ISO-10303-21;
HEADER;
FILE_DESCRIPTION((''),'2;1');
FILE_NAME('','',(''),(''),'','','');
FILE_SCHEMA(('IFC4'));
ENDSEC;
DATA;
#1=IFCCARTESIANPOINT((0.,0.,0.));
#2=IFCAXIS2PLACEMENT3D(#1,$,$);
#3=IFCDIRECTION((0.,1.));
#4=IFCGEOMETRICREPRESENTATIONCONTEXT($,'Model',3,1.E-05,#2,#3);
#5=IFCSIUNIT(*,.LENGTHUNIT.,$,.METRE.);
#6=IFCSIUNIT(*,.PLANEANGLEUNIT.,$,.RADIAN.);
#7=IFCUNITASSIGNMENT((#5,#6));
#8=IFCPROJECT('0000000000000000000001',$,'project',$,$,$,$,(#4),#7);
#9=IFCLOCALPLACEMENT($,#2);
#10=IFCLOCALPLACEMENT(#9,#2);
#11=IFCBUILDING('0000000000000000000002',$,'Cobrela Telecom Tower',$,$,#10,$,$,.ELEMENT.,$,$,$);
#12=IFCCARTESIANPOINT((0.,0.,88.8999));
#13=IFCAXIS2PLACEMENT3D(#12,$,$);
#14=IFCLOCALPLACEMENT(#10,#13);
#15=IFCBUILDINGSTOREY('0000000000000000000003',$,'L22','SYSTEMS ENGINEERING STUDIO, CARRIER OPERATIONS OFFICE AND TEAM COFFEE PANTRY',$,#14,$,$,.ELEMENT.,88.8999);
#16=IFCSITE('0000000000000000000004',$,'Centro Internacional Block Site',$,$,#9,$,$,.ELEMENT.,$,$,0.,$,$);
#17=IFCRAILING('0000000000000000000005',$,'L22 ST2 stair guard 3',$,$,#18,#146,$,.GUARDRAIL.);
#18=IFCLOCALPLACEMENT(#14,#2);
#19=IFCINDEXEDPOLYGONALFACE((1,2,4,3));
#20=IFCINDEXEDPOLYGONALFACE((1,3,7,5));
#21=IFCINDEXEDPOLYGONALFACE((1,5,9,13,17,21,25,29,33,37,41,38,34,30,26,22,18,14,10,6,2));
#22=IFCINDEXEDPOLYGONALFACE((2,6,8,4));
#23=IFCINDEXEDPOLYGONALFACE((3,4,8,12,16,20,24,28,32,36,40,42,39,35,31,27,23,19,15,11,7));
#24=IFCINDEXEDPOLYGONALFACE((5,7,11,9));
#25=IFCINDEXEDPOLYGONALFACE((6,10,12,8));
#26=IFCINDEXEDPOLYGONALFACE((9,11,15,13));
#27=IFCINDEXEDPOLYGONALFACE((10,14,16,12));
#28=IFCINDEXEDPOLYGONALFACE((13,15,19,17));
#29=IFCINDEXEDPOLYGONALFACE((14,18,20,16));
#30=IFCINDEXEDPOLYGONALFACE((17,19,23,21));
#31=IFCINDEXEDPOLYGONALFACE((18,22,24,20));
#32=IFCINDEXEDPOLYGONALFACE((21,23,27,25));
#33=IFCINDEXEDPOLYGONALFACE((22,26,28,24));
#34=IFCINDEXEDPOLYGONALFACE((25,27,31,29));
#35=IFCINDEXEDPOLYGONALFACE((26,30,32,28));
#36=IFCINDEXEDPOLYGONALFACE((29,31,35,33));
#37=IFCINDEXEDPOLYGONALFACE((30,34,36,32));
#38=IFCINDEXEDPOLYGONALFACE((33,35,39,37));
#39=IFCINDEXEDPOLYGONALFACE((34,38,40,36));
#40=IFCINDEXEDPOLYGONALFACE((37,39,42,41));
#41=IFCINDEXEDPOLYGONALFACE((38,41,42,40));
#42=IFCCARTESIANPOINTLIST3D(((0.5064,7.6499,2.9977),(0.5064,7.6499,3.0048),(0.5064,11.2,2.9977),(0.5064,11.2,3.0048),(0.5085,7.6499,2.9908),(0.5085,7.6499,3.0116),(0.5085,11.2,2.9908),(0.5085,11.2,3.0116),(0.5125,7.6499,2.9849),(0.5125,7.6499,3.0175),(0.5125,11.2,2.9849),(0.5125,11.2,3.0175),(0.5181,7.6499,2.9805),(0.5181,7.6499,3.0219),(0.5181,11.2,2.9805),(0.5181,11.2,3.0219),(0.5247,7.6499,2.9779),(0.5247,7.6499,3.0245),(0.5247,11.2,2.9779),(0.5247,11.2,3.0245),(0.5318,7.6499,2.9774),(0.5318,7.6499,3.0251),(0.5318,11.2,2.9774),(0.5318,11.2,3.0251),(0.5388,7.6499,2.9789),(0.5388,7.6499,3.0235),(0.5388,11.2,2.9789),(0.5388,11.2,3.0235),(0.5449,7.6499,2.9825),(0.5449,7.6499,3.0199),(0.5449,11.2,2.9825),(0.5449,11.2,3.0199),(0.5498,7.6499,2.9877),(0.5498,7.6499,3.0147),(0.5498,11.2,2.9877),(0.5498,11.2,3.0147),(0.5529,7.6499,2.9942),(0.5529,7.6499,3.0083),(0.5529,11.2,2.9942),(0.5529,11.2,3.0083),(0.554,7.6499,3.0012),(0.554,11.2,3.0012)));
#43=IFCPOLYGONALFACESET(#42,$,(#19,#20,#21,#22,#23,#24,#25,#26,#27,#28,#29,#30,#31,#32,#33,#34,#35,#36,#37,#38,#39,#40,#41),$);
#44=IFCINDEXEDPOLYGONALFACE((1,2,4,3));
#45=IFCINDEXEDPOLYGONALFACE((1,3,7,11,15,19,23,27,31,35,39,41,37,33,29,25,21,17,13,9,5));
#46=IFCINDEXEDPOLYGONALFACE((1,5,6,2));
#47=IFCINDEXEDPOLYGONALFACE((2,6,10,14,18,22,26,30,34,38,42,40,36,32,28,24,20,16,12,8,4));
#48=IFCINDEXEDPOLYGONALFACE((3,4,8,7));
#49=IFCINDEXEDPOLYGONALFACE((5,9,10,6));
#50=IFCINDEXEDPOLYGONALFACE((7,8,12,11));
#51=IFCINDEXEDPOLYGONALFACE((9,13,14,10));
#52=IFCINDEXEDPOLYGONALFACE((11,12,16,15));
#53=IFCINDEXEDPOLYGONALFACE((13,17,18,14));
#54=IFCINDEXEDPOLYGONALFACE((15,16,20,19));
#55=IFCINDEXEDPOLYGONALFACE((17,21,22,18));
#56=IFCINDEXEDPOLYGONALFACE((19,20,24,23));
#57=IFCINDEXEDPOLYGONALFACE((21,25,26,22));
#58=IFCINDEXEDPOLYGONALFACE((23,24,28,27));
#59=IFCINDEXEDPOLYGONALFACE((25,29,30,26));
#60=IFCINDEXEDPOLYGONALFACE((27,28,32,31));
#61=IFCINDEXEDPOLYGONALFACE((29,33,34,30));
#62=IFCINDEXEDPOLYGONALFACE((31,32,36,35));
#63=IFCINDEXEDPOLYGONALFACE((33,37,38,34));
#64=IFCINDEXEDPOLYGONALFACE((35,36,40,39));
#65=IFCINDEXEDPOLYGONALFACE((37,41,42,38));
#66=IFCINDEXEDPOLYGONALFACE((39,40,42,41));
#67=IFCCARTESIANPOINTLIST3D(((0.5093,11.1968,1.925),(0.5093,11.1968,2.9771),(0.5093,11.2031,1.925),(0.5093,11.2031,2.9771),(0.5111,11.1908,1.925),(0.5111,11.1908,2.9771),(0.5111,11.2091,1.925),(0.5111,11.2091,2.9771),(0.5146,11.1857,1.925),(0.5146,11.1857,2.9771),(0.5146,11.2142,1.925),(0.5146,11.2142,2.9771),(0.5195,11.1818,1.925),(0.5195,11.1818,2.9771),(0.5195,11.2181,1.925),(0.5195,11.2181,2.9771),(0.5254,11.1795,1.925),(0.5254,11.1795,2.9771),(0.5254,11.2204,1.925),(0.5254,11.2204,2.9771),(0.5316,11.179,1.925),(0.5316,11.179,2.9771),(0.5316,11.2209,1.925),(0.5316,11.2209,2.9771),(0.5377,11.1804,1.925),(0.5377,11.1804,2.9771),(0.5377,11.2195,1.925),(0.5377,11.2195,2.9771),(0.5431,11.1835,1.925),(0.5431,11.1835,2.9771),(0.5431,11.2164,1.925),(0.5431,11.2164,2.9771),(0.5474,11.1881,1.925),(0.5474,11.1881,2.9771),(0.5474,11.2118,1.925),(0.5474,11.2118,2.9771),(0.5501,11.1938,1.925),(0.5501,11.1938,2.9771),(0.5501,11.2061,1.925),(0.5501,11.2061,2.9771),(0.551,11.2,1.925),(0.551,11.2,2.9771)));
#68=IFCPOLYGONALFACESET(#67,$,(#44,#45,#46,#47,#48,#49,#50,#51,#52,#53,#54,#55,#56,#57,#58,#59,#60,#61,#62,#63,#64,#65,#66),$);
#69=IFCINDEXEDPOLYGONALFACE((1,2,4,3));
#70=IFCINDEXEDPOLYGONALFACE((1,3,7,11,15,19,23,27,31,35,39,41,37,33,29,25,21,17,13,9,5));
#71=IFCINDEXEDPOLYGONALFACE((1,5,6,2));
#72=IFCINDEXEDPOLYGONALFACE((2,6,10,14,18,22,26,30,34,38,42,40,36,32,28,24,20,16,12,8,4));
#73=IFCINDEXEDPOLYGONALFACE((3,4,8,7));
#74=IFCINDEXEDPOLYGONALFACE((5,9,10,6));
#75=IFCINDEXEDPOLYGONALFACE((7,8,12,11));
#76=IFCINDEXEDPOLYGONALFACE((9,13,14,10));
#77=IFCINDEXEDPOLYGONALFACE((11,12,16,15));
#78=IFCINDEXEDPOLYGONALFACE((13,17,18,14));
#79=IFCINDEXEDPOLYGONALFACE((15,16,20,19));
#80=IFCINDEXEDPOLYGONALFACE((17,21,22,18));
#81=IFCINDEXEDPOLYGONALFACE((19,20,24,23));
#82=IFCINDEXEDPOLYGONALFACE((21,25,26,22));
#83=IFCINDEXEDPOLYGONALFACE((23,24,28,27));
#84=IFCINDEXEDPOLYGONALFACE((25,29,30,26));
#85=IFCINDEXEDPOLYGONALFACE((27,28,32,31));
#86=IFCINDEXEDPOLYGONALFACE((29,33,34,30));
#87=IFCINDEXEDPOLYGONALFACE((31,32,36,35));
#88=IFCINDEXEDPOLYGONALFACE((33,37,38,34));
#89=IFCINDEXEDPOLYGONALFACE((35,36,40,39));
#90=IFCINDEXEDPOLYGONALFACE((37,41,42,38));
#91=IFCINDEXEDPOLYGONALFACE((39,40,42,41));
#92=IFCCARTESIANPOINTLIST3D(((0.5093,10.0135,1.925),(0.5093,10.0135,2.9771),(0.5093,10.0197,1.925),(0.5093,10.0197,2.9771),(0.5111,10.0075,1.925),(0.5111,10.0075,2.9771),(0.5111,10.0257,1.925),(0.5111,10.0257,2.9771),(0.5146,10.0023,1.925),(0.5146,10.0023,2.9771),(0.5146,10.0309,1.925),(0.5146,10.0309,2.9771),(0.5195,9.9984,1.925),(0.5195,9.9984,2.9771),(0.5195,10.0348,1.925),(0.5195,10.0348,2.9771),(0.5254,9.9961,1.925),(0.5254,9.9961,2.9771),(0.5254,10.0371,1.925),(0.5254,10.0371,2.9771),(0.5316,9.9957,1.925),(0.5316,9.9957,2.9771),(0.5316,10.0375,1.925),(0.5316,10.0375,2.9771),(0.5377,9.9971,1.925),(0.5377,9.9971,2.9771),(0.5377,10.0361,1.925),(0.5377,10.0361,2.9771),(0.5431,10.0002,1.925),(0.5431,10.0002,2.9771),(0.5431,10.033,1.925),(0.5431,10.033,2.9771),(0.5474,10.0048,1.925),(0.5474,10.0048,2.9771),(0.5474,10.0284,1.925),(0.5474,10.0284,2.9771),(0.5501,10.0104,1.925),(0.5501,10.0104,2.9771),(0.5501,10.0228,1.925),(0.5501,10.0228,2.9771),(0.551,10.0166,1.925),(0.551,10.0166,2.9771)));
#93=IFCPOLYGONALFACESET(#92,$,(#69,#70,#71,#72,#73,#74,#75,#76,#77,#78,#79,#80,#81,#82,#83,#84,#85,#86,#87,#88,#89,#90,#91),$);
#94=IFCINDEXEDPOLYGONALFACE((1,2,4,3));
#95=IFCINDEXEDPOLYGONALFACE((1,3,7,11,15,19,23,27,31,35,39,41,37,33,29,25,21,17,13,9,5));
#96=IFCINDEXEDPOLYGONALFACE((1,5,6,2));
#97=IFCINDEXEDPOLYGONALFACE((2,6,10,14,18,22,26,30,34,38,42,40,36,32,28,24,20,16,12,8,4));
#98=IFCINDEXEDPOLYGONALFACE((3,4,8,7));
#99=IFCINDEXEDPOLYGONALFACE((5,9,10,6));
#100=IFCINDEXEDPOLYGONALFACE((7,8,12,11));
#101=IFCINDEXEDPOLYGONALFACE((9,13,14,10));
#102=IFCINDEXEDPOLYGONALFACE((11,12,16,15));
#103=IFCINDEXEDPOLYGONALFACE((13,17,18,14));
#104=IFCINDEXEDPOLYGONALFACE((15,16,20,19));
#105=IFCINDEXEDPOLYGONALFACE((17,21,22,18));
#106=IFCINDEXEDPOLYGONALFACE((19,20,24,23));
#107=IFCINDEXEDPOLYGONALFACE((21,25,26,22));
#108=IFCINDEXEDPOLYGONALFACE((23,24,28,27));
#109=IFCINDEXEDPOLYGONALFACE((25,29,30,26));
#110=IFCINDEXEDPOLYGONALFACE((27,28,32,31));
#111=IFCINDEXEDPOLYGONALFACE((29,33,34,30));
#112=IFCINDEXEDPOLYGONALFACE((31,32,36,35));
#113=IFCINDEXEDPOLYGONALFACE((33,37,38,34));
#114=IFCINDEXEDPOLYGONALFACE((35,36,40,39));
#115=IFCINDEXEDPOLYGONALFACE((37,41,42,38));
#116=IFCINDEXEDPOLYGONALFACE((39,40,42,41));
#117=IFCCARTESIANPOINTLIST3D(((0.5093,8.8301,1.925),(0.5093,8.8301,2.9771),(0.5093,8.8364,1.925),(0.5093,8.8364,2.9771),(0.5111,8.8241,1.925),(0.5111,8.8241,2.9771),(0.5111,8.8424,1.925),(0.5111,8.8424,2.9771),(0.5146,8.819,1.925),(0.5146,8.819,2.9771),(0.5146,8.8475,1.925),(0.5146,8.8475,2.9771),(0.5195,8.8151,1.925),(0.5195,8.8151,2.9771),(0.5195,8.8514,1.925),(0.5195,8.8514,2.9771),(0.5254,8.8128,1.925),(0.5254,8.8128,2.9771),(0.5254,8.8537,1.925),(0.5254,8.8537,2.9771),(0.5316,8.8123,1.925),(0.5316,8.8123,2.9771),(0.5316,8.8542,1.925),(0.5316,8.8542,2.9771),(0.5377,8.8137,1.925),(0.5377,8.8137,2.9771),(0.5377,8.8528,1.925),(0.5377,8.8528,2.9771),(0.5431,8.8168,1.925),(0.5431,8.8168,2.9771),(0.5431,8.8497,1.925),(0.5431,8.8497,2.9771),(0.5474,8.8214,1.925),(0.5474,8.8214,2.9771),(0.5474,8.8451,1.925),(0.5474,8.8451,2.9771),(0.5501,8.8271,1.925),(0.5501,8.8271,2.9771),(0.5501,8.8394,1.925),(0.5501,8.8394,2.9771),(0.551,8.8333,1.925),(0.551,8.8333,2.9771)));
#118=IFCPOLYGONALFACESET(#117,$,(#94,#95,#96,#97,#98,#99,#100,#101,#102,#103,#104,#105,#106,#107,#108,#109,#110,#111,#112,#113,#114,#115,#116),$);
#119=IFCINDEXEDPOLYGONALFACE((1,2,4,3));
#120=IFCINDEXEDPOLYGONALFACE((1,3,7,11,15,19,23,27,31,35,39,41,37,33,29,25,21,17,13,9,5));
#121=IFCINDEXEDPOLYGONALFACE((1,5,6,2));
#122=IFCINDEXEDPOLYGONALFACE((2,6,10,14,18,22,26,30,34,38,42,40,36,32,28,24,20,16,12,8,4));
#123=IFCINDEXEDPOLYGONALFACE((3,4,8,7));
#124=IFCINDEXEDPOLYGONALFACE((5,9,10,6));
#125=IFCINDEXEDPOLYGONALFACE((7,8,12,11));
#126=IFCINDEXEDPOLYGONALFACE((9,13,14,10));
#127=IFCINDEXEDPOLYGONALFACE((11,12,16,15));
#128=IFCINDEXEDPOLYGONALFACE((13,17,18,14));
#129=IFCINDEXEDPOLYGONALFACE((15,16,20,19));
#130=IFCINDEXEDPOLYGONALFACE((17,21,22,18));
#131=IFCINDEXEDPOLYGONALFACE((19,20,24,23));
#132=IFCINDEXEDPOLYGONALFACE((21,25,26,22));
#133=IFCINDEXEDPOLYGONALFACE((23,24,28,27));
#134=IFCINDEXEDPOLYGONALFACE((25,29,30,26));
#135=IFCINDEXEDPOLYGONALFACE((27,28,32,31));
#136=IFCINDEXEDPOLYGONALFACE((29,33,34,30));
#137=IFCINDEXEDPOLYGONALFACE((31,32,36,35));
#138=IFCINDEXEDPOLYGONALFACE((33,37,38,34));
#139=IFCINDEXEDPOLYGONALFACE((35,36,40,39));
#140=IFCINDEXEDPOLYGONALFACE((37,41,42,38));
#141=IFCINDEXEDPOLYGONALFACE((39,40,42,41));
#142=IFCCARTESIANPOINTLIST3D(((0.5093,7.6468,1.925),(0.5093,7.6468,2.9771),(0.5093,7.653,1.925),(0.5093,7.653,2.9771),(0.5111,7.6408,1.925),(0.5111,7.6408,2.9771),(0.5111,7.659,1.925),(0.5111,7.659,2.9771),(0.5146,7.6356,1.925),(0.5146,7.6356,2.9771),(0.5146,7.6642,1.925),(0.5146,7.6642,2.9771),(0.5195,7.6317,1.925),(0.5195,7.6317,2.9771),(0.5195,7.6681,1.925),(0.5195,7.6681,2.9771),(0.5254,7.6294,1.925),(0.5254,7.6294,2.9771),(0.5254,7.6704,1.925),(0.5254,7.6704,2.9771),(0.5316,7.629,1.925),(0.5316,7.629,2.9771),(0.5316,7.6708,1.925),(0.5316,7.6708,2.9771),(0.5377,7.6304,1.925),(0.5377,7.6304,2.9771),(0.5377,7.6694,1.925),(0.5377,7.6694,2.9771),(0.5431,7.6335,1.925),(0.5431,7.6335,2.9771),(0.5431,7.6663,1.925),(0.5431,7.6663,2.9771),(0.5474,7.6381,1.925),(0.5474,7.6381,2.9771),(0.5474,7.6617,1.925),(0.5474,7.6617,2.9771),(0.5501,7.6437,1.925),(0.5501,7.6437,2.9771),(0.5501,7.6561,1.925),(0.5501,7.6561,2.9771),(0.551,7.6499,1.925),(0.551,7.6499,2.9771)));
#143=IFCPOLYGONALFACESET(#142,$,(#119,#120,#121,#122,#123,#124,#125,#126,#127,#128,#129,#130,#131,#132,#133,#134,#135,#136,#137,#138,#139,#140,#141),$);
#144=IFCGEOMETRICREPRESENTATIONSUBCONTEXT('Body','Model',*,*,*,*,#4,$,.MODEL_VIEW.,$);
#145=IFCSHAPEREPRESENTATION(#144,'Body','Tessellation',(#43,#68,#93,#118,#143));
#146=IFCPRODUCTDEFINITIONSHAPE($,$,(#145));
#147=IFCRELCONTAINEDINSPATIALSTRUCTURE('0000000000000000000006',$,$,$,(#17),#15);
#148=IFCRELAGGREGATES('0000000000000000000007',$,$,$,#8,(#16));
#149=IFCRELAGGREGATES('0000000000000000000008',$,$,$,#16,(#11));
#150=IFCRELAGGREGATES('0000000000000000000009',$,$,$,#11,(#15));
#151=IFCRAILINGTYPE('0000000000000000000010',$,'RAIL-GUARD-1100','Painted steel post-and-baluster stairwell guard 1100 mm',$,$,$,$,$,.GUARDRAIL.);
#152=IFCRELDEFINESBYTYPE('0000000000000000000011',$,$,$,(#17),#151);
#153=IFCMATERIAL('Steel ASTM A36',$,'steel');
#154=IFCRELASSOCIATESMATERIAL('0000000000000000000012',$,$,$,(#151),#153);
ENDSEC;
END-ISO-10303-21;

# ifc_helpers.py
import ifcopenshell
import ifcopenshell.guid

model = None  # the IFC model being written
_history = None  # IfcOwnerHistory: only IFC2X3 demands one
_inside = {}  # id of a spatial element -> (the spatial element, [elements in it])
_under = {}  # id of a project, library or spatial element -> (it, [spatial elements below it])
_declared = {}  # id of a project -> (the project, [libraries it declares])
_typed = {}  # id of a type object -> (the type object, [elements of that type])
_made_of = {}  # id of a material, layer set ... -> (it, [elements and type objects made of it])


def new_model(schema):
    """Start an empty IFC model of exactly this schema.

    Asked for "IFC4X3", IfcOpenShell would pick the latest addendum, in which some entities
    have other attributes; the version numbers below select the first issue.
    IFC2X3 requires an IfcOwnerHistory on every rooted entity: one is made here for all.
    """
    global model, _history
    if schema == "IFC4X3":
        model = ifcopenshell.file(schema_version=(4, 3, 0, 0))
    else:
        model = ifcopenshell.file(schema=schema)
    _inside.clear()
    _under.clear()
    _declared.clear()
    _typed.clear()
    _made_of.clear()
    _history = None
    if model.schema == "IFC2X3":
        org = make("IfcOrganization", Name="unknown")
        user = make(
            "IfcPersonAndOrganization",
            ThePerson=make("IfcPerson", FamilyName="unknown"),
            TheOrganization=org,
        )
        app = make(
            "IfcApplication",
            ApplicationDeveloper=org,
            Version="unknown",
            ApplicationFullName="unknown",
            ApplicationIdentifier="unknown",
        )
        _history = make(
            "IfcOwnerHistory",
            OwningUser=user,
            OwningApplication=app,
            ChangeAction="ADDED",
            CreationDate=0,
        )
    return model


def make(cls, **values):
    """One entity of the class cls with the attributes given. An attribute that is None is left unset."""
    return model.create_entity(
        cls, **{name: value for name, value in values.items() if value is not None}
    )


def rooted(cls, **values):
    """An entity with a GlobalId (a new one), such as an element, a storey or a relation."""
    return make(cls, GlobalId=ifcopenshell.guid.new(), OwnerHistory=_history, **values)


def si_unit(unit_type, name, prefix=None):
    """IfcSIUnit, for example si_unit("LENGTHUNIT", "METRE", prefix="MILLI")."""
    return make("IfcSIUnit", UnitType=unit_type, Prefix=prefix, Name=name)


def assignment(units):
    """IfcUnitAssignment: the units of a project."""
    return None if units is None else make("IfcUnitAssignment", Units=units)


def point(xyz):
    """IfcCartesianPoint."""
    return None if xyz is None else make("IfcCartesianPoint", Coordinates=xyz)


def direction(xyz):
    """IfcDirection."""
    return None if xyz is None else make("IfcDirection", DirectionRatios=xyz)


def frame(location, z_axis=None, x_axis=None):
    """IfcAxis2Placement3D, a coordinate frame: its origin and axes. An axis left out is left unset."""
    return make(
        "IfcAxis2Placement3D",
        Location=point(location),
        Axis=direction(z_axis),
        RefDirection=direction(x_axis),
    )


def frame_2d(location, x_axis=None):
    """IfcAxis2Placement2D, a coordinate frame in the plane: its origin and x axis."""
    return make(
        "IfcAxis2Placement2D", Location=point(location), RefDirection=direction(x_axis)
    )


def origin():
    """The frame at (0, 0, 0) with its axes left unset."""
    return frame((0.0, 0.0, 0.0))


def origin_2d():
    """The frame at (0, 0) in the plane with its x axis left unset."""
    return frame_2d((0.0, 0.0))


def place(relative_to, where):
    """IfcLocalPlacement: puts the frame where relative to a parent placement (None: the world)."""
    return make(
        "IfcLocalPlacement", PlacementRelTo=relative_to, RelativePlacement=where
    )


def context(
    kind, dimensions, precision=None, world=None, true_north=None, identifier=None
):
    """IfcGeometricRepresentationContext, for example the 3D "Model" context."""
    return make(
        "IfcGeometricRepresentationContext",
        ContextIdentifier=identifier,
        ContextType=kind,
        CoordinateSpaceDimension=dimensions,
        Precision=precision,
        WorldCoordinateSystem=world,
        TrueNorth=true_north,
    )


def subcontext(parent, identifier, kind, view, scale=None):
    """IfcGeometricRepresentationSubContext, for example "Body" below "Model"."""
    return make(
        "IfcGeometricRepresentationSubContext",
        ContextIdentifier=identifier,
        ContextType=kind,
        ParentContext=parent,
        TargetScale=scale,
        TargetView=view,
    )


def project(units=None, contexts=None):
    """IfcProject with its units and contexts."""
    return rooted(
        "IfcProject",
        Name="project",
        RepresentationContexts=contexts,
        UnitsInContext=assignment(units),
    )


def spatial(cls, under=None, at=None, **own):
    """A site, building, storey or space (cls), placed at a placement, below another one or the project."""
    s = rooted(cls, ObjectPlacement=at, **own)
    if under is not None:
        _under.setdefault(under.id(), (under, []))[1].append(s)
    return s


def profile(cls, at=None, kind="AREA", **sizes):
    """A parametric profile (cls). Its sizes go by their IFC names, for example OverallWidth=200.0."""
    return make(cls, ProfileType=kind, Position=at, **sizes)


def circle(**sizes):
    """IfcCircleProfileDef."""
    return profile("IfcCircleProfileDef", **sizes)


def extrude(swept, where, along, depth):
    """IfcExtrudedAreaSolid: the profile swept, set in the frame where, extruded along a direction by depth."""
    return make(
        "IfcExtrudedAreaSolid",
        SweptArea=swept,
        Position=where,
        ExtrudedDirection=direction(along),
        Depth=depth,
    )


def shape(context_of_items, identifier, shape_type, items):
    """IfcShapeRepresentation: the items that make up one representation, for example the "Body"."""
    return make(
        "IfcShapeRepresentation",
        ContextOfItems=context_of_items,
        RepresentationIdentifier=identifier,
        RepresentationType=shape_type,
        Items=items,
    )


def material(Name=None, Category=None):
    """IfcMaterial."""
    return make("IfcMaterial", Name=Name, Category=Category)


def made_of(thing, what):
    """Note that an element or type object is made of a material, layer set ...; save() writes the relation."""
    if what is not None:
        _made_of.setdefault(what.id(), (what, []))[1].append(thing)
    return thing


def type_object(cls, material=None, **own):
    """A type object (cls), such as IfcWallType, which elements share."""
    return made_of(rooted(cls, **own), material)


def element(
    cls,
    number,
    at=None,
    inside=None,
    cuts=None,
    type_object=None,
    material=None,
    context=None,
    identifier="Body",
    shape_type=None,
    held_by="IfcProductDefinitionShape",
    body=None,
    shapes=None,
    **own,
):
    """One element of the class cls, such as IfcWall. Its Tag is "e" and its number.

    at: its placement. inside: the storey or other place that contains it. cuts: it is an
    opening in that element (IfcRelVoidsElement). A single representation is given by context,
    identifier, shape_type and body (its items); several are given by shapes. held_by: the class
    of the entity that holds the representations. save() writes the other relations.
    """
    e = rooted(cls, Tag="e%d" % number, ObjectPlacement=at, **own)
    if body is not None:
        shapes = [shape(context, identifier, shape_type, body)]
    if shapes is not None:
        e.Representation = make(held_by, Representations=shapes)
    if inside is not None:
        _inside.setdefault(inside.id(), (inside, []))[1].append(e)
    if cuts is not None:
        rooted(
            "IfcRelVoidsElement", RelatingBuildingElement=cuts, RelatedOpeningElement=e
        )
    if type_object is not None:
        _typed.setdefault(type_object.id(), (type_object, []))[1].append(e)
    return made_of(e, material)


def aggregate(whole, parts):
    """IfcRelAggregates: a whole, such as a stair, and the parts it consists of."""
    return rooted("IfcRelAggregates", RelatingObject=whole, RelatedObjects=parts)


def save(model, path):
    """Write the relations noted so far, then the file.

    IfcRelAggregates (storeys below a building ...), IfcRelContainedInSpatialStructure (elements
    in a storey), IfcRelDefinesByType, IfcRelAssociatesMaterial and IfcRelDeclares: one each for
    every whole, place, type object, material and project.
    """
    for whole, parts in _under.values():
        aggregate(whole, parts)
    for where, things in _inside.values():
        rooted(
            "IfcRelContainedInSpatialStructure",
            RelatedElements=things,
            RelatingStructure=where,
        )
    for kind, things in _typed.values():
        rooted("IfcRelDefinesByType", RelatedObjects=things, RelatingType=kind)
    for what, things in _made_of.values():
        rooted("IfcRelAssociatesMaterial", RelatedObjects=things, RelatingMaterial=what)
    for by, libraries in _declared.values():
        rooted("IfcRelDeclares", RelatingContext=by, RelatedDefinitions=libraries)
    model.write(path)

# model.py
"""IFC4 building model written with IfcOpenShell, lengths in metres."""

from ifc_helpers import new_model, si_unit, direction, frame, origin, origin_2d, place, context, subcontext, project, spatial, circle, extrude, material, type_object, element, save


model = new_model("IFC4")

# Units and contexts
model_context = context("Model", 3, precision=1e-05, world=origin(), true_north=direction((0.0, 1.0)))
body_context = subcontext(model_context, "Body", "Model", "MODEL_VIEW")
ifc_project = project(units=[si_unit("LENGTHUNIT", "METRE"), si_unit("PLANEANGLEUNIT", "RADIAN")], contexts=[model_context])

# Site, building, storey
site_placement = place(None, origin())
site = spatial("IfcSite", under=ifc_project, at=site_placement, Name="Centro Internacional Block Site", CompositionType="ELEMENT", RefElevation=0.0)
building_placement = place(site_placement, origin())
building = spatial("IfcBuilding", under=site, at=building_placement, Name="Cobrela Telecom Tower", CompositionType="ELEMENT")
storey_placement = place(building_placement, frame((0.0, 0.0, 88.8999)))
storey = spatial("IfcBuildingStorey", under=building, at=storey_placement, Name="L22", Description="SYSTEMS ENGINEERING STUDIO, CARRIER OPERATIONS OFFICE AND TEAM COFFEE PANTRY", CompositionType="ELEMENT", Elevation=88.8999)

# Railing
ifc_material_1 = material(Name="Steel ASTM A36", Category="steel")
railing_type_1 = type_object("IfcRailingType", Name="RAIL-GUARD-1100", Description="Painted steel post-and-baluster stairwell guard 1100 mm", PredefinedType="GUARDRAIL", material=ifc_material_1)
railing_1_placement = place(storey_placement, frame((0.53, 11.2, 1.925)))
element("IfcRailing", 1, at=railing_1_placement, inside=storey, type_object=railing_type_1, Name="L22 ST2 stair guard 3", PredefinedType="GUARDRAIL", context=body_context, shape_type="SweptSolid", body=[
    extrude(circle(Radius=0.0239, at=origin_2d()), frame((0.0, 0.0, 1.0762), z_axis=(0.0, -1.0, 0.0), x_axis=(1.0, 0.0, 0.0)), (0.0, 0.0, 1.0), 3.55),
    extrude(circle(Radius=0.021, at=origin_2d()), origin(), (0.0, 0.0, 1.0), 1.052),
    extrude(circle(Radius=0.021, at=origin_2d()), frame((0.0, -1.1833, 0.0)), (0.0, 0.0, 1.0), 1.052),
    extrude(circle(Radius=0.021, at=origin_2d()), frame((0.0, -2.3667, 0.0)), (0.0, 0.0, 1.0), 1.052),
    extrude(circle(Radius=0.021, at=origin_2d()), frame((0.0, -3.55, 0.0)), (0.0, 0.0, 1.0), 1.052),
])

save(model, "model.ifc")
